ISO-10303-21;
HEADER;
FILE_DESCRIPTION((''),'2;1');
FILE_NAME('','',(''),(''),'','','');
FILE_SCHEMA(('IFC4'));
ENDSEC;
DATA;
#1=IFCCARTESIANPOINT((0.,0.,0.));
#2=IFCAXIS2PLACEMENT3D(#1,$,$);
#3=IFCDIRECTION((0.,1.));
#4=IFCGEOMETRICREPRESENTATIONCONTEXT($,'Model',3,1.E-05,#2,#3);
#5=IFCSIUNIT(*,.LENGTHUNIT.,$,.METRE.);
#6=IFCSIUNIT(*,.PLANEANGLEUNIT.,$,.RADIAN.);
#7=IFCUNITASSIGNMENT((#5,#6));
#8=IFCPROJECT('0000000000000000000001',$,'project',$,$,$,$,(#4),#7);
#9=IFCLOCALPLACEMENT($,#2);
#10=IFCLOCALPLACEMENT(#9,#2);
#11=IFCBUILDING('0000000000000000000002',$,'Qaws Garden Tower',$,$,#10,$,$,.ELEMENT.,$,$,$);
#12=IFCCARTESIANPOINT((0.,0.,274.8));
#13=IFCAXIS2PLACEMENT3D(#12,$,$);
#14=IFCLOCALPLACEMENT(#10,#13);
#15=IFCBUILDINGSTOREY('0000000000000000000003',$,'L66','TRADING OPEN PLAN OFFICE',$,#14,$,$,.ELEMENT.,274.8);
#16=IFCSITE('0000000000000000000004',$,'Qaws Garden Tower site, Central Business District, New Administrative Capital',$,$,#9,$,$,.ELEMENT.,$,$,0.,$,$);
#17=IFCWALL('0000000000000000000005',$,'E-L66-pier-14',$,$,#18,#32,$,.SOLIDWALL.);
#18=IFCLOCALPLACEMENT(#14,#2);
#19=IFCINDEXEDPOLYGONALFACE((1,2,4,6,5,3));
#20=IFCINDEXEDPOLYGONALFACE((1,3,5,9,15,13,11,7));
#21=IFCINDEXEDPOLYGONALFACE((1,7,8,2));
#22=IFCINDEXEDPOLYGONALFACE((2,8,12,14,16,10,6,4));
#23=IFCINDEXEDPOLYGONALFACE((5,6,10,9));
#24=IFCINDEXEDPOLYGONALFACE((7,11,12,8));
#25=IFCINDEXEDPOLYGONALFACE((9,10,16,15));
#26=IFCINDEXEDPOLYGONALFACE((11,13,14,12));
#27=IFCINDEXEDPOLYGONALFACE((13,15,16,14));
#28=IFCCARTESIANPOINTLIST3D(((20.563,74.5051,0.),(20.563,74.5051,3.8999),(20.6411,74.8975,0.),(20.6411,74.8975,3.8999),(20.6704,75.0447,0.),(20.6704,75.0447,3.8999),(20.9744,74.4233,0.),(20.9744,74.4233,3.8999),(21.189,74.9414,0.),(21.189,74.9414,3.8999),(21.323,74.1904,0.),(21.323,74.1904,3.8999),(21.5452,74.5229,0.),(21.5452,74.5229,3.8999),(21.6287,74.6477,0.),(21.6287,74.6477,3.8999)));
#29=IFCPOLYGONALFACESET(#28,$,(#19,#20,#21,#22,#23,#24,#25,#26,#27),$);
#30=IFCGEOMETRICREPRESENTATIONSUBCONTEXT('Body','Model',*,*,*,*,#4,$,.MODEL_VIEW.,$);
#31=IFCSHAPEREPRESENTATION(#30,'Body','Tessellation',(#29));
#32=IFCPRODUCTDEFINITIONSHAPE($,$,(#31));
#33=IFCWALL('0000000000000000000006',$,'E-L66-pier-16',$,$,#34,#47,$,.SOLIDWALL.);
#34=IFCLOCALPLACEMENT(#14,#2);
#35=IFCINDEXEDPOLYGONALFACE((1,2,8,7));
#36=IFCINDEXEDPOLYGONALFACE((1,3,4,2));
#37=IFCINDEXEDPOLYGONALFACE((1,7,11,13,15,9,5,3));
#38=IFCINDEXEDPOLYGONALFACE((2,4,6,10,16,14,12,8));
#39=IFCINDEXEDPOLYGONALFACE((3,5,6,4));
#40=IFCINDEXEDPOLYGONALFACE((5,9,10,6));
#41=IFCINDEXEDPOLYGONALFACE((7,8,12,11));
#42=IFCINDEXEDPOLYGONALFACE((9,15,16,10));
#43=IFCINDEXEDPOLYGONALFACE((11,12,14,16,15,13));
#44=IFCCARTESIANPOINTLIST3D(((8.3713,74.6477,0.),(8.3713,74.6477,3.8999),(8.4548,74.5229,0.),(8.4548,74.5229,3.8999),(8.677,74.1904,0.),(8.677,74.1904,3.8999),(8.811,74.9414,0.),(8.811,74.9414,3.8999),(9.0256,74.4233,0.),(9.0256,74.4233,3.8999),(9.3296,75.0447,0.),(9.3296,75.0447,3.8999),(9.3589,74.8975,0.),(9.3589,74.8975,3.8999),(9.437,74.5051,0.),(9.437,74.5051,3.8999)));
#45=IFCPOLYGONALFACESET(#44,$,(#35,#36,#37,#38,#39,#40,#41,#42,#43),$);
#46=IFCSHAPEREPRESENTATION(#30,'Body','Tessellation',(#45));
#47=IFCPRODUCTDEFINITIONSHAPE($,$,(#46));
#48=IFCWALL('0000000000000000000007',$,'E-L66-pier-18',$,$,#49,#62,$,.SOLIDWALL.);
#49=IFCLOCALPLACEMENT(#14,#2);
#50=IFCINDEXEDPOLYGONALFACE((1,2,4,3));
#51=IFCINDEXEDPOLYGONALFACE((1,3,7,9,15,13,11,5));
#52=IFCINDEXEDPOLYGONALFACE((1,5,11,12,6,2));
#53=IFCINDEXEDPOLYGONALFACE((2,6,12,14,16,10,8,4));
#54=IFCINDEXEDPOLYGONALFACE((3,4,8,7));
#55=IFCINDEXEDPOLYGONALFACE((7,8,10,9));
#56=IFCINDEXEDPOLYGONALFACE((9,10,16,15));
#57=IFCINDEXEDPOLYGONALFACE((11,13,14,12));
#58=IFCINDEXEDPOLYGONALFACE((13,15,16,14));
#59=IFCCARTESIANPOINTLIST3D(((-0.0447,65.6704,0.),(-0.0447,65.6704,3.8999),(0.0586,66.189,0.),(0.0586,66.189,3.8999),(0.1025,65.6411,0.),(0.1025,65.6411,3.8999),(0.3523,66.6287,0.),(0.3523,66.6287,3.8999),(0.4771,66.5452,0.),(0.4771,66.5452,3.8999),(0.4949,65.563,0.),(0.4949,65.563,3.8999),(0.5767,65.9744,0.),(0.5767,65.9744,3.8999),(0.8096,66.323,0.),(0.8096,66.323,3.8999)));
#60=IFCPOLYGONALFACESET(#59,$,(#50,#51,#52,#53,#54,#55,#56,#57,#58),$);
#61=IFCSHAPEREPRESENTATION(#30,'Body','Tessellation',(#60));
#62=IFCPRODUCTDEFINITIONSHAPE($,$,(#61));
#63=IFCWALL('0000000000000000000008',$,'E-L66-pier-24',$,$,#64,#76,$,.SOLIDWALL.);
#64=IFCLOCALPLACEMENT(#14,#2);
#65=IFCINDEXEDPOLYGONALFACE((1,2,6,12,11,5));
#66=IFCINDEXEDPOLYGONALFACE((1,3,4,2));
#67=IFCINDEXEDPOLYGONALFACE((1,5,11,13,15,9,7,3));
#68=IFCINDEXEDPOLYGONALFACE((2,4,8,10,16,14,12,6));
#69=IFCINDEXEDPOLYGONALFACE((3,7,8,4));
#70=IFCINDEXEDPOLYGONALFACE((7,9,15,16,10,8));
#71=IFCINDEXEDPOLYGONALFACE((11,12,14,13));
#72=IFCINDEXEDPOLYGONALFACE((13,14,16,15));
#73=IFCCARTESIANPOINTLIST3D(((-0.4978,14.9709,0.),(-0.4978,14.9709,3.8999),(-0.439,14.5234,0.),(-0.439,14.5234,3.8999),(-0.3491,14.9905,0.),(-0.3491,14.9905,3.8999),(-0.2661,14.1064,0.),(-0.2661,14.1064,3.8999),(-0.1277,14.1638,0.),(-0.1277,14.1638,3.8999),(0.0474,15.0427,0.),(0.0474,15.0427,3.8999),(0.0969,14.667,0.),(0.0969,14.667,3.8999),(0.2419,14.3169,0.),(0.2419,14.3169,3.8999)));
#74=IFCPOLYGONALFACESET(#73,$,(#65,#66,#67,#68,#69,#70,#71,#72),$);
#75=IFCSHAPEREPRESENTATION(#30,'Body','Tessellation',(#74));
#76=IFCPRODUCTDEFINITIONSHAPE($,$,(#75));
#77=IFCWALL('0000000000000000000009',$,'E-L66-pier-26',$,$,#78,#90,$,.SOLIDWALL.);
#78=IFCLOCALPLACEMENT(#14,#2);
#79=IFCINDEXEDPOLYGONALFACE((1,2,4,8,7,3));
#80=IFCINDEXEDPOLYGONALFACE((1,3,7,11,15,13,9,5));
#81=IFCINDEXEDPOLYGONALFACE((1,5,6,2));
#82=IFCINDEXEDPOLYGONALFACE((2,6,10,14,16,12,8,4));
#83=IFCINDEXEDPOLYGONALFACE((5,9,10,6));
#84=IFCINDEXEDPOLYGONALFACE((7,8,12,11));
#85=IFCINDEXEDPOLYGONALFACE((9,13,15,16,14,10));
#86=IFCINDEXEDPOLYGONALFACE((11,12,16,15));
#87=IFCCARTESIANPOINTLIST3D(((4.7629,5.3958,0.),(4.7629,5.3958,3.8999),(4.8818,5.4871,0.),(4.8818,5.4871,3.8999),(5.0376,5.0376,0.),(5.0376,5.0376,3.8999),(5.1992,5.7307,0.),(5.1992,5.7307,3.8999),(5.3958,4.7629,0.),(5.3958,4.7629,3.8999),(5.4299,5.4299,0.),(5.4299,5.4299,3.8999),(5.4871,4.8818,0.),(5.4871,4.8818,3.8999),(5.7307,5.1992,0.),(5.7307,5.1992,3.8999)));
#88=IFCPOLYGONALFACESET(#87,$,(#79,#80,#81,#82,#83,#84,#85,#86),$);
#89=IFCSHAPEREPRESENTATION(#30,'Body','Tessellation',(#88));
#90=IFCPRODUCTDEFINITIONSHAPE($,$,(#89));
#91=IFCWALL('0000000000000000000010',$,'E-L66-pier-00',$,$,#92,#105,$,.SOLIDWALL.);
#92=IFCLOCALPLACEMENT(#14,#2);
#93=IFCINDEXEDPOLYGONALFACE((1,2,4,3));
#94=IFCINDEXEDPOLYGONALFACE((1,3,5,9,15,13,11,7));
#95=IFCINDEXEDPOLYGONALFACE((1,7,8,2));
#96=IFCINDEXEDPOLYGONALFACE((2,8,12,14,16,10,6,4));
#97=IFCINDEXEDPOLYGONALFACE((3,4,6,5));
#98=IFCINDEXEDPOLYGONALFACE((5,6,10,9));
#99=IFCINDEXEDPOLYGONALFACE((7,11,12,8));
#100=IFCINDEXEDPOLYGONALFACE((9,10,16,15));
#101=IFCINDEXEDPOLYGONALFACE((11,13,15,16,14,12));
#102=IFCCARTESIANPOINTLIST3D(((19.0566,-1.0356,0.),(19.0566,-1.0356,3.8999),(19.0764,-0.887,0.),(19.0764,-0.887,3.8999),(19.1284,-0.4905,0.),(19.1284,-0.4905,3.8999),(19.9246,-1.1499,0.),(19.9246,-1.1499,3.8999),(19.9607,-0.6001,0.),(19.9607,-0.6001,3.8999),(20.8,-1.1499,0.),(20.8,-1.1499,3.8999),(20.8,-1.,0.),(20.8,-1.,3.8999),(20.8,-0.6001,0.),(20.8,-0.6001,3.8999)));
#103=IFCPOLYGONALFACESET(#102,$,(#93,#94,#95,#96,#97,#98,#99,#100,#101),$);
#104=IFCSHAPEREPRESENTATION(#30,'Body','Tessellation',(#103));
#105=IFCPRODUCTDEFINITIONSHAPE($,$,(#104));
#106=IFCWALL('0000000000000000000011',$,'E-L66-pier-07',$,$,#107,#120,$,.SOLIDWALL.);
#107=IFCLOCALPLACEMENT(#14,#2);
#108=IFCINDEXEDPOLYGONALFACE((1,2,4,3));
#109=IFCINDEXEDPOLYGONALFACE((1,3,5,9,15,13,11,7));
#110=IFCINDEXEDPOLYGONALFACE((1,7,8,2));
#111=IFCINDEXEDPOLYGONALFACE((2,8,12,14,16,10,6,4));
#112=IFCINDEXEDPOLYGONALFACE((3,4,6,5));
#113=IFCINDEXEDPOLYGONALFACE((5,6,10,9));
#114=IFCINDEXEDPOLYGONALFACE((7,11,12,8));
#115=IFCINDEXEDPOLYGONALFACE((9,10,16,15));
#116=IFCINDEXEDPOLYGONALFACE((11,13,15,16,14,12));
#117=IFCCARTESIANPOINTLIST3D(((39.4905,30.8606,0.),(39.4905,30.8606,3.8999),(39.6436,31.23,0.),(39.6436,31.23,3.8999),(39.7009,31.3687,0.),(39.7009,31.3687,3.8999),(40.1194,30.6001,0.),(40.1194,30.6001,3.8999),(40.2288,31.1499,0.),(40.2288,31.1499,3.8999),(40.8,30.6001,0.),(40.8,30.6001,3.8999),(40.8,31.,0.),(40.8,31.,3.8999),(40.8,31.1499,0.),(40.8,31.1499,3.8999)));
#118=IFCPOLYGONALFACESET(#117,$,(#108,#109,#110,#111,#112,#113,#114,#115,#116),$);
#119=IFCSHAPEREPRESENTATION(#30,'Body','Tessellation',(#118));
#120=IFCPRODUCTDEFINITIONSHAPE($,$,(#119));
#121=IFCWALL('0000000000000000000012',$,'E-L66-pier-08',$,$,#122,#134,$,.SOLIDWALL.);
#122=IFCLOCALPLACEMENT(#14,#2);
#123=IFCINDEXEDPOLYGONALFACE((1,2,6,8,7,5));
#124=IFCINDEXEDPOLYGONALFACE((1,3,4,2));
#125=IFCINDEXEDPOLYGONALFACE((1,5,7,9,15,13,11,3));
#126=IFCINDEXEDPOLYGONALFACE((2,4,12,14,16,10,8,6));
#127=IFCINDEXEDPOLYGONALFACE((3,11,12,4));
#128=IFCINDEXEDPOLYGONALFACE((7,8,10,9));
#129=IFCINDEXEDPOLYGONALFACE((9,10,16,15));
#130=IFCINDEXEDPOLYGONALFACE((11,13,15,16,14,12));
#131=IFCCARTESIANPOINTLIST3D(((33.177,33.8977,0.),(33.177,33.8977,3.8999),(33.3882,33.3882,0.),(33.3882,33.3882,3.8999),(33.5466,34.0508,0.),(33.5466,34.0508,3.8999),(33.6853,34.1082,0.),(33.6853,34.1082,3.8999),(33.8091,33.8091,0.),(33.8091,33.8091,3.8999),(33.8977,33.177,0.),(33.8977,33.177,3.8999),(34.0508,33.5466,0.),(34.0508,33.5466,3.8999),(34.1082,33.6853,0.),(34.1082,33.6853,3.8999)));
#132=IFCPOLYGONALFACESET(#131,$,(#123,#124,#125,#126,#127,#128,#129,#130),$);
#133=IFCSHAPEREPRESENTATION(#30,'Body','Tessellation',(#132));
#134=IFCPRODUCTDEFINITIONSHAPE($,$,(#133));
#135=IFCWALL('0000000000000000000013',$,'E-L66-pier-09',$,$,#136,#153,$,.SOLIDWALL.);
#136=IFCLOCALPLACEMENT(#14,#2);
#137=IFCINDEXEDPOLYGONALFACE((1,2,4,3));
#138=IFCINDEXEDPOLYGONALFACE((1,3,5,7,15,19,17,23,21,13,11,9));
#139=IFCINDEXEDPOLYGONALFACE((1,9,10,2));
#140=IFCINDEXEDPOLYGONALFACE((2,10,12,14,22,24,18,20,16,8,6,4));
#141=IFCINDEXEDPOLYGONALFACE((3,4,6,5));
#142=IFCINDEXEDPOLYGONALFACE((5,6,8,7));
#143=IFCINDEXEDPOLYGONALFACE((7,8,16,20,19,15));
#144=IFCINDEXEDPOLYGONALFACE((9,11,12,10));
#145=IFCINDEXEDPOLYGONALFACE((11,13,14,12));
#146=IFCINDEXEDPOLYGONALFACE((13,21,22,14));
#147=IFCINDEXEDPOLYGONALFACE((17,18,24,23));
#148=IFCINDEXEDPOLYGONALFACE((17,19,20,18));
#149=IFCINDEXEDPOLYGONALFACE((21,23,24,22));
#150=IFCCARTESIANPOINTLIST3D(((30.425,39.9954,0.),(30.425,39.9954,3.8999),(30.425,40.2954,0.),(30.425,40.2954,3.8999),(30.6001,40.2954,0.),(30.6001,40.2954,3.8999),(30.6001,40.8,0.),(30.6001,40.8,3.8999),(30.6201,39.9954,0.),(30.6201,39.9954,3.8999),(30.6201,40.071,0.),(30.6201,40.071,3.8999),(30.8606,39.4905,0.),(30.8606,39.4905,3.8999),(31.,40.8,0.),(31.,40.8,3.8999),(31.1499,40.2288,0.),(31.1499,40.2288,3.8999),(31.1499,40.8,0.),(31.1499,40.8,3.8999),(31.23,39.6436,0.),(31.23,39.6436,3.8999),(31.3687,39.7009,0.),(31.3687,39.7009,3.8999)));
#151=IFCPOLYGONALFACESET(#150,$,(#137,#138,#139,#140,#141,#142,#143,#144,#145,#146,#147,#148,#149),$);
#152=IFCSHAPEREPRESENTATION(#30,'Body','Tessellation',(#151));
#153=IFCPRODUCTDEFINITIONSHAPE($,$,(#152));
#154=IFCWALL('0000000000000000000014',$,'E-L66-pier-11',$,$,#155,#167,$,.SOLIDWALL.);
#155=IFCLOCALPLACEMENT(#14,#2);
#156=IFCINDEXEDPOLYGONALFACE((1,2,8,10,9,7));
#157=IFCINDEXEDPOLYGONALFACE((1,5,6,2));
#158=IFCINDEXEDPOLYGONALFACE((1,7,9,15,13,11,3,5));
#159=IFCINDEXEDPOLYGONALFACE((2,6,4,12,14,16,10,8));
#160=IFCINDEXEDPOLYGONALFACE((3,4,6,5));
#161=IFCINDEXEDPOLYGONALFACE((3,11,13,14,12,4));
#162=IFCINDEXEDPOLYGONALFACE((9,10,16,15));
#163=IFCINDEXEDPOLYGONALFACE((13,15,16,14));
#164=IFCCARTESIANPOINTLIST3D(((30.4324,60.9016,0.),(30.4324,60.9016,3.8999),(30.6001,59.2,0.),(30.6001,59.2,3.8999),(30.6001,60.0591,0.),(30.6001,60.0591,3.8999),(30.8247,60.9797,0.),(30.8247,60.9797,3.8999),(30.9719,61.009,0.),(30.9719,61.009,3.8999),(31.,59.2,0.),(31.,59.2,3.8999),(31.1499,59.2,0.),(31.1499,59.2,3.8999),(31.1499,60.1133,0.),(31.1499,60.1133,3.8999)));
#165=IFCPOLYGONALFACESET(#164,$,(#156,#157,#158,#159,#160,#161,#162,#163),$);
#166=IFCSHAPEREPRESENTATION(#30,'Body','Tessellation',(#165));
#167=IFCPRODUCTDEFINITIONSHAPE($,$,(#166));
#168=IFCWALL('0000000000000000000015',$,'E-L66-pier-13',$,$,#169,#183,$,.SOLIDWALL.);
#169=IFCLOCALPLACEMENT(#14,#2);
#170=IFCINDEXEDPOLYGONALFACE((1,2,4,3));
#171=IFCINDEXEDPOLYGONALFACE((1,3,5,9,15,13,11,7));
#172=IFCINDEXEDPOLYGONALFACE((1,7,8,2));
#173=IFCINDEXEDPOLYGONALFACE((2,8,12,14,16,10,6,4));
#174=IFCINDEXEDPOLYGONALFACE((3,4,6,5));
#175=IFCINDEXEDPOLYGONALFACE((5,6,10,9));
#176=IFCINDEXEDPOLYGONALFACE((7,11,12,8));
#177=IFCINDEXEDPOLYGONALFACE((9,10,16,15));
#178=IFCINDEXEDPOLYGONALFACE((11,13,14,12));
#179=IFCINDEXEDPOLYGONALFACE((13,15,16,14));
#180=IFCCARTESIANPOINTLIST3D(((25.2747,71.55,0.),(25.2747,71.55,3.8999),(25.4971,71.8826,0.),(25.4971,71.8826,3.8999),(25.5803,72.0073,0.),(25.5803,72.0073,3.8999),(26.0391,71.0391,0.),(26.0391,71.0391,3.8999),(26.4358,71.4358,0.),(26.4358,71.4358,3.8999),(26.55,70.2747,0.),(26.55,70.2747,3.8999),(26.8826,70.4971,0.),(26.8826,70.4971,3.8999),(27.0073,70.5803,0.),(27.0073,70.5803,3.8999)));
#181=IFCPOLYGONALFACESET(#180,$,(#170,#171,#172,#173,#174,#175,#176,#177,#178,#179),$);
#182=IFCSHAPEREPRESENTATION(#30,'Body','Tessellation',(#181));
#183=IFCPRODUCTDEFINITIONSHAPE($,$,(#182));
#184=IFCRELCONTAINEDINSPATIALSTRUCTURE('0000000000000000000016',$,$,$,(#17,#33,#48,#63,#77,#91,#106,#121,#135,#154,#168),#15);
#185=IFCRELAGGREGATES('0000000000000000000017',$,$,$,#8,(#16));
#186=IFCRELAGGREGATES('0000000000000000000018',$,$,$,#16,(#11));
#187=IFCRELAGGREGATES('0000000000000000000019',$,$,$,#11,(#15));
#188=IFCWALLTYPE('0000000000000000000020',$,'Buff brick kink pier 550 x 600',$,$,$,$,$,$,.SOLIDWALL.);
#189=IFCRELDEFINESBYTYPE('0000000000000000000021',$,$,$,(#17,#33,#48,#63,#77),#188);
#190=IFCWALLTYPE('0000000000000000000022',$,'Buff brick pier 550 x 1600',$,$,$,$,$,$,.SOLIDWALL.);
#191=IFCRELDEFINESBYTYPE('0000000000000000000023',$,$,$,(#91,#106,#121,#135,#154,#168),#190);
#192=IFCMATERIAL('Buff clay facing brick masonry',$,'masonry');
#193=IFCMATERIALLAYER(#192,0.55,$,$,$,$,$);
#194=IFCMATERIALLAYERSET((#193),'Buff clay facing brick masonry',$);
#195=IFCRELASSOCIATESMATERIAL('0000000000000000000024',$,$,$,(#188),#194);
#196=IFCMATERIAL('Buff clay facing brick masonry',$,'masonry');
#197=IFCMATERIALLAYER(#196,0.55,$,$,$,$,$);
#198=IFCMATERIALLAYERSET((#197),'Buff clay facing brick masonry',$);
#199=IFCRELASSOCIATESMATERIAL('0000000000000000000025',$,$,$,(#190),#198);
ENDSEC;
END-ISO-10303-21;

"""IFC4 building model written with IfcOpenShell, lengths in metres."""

from ifc_helpers import new_model, si_unit, direction, frame, origin, place, context, subcontext, project, spatial, polyline, outline, extrude, material, layer, layer_set, type_object, element, save


model = new_model("IFC4")

# Units and contexts
model_context = context("Model", 3, precision=1e-05, world=origin(), true_north=direction((0.0, 1.0)))
body_context = subcontext(model_context, "Body", "Model", "MODEL_VIEW")
ifc_project = project(units=[si_unit("LENGTHUNIT", "METRE"), si_unit("PLANEANGLEUNIT", "RADIAN")], contexts=[model_context])

# Site, building, storey
site_placement = place(None, origin())
site = spatial("IfcSite", under=ifc_project, at=site_placement, Name="Qaws Garden Tower site, Central Business District, New Administrative Capital", CompositionType="ELEMENT", RefElevation=0.0)
building_placement = place(site_placement, origin())
building = spatial("IfcBuilding", under=site, at=building_placement, Name="Qaws Garden Tower", CompositionType="ELEMENT")
storey_placement = place(building_placement, frame((0.0, 0.0, 274.8)))
storey = spatial("IfcBuildingStorey", under=building, at=storey_placement, Name="L66", Description="TRADING OPEN PLAN OFFICE", CompositionType="ELEMENT", Elevation=274.8)

# Walls
placement = place(storey_placement, origin())
ifc_material_1 = material(Name="Buff clay facing brick masonry", Category="masonry")
ifc_layer_1 = layer(ifc_material_1, 0.55)
ifc_layer_set_1 = layer_set([ifc_layer_1], Name="Buff clay facing brick masonry")
wall_type_1 = type_object("IfcWallType", Name="Buff brick kink pier 550 x 600", PredefinedType="SOLIDWALL", material=ifc_layer_set_1)
element("IfcWall", 1, at=placement, inside=storey, type_object=wall_type_1, Name="E-L66-pier-14", PredefinedType="SOLIDWALL", context=body_context, shape_type="SweptSolid", body=[
    extrude(outline(polyline([(21.5452, 74.5229), (21.6287, 74.6477), (21.189, 74.9414), (20.6704, 75.0447), (20.6411, 74.8975), (20.563, 74.5051), (20.9744, 74.4233), (21.323, 74.1904), (21.5452, 74.5229)])), origin(), (0.0, 0.0, 1.0), 3.8999),
])
element("IfcWall", 2, at=placement, inside=storey, type_object=wall_type_1, Name="E-L66-pier-16", PredefinedType="SOLIDWALL", context=body_context, shape_type="SweptSolid", body=[
    extrude(outline(polyline([(9.3589, 74.8975), (9.3296, 75.0447), (8.811, 74.9414), (8.3713, 74.6477), (8.4548, 74.5229), (8.677, 74.1904), (9.0256, 74.4233), (9.437, 74.5051), (9.3589, 74.8975)])), origin(), (0.0, 0.0, 1.0), 3.8999),
])
element("IfcWall", 3, at=placement, inside=storey, type_object=wall_type_1, Name="E-L66-pier-18", PredefinedType="SOLIDWALL", context=body_context, shape_type="SweptSolid", body=[
    extrude(outline(polyline([(0.4771, 66.5452), (0.3523, 66.6287), (0.0586, 66.189), (-0.0447, 65.6704), (0.1025, 65.6411), (0.4949, 65.563), (0.5767, 65.9744), (0.8096, 66.323), (0.4771, 66.5452)])), origin(), (0.0, 0.0, 1.0), 3.8999),
])
element("IfcWall", 4, at=placement, inside=storey, type_object=wall_type_1, Name="E-L66-pier-24", PredefinedType="SOLIDWALL", context=body_context, shape_type="SweptSolid", body=[
    extrude(outline(polyline([(-0.3491, 14.9905), (-0.4978, 14.9709), (-0.439, 14.5234), (-0.2661, 14.1064), (-0.1277, 14.1638), (0.2419, 14.3169), (0.0969, 14.667), (0.0474, 15.0427), (-0.3491, 14.9905)])), origin(), (0.0, 0.0, 1.0), 3.8999),
])
element("IfcWall", 5, at=placement, inside=storey, type_object=wall_type_1, Name="E-L66-pier-26", PredefinedType="SOLIDWALL", context=body_context, shape_type="SweptSolid", body=[
    extrude(outline(polyline([(4.8818, 5.4871), (4.7629, 5.3958), (5.0376, 5.0376), (5.3958, 4.7629), (5.4871, 4.8818), (5.7307, 5.1992), (5.4299, 5.4299), (5.1992, 5.7307), (4.8818, 5.4871)])), origin(), (0.0, 0.0, 1.0), 3.8999),
])
ifc_material_2 = material(Name="Buff clay facing brick masonry", Category="masonry")
ifc_layer_2 = layer(ifc_material_2, 0.55)
ifc_layer_set_2 = layer_set([ifc_layer_2], Name="Buff clay facing brick masonry")
wall_type_2 = type_object("IfcWallType", Name="Buff brick pier 550 x 1600", PredefinedType="SOLIDWALL", material=ifc_layer_set_2)
element("IfcWall", 6, at=placement, inside=storey, type_object=wall_type_2, Name="E-L66-pier-00", PredefinedType="SOLIDWALL", context=body_context, shape_type="SweptSolid", body=[
    extrude(outline(polyline([(19.0764, -0.887), (19.0566, -1.0356), (19.9246, -1.1499), (20.8, -1.1499), (20.8, -1.0), (20.8, -0.6001), (19.9607, -0.6001), (19.1284, -0.4905), (19.0764, -0.887)])), origin(), (0.0, 0.0, 1.0), 3.8999),
])
element("IfcWall", 7, at=placement, inside=storey, type_object=wall_type_2, Name="E-L66-pier-07", PredefinedType="SOLIDWALL", context=body_context, shape_type="SweptSolid", body=[
    extrude(outline(polyline([(40.8, 31.0), (40.8, 31.1499), (40.2288, 31.1499), (39.7009, 31.3687), (39.6436, 31.23), (39.4905, 30.8606), (40.1194, 30.6001), (40.8, 30.6001), (40.8, 31.0)])), origin(), (0.0, 0.0, 1.0), 3.8999),
])
element("IfcWall", 8, at=placement, inside=storey, type_object=wall_type_2, Name="E-L66-pier-08", PredefinedType="SOLIDWALL", context=body_context, shape_type="SweptSolid", body=[
    extrude(outline(polyline([(34.0508, 33.5466), (34.1082, 33.6853), (33.8091, 33.8091), (33.6853, 34.1082), (33.5466, 34.0508), (33.177, 33.8977), (33.3882, 33.3882), (33.8977, 33.177), (34.0508, 33.5466)])), origin(), (0.0, 0.0, 1.0), 3.8999),
])
element("IfcWall", 9, at=placement, inside=storey, type_object=wall_type_2, Name="E-L66-pier-09", PredefinedType="SOLIDWALL", context=body_context, shape_type="SweptSolid", body=[
    extrude(outline(polyline([(30.6201, 39.9954), (30.6201, 40.071), (30.8606, 39.4905), (31.23, 39.6436), (31.3687, 39.7009), (31.1499, 40.2288), (31.1499, 40.8), (31.0, 40.8), (30.6001, 40.8), (30.6001, 40.2954), (30.425, 40.2954), (30.425, 39.9954), (30.6201, 39.9954)])), origin(), (0.0, 0.0, 1.0), 3.8999),
])
element("IfcWall", 10, at=placement, inside=storey, type_object=wall_type_2, Name="E-L66-pier-11", PredefinedType="SOLIDWALL", context=body_context, shape_type="SweptSolid", body=[
    extrude(outline(polyline([(31.0, 59.2), (31.1499, 59.2), (31.1499, 60.1133), (30.9719, 61.009), (30.8247, 60.9797), (30.4324, 60.9016), (30.6001, 60.0591), (30.6001, 59.2), (31.0, 59.2)])), origin(), (0.0, 0.0, 1.0), 3.8999),
])
element("IfcWall", 11, at=placement, inside=storey, type_object=wall_type_2, Name="E-L66-pier-13", PredefinedType="SOLIDWALL", context=body_context, shape_type="SweptSolid", body=[
    extrude(outline(polyline([(26.8826, 70.4971), (27.0073, 70.5803), (26.4358, 71.4358), (25.5803, 72.0073), (25.4971, 71.8826), (25.2747, 71.55), (26.0391, 71.0391), (26.55, 70.2747), (26.8826, 70.4971)])), origin(), (0.0, 0.0, 1.0), 3.8999),
])

save(model, "model.ifc")
